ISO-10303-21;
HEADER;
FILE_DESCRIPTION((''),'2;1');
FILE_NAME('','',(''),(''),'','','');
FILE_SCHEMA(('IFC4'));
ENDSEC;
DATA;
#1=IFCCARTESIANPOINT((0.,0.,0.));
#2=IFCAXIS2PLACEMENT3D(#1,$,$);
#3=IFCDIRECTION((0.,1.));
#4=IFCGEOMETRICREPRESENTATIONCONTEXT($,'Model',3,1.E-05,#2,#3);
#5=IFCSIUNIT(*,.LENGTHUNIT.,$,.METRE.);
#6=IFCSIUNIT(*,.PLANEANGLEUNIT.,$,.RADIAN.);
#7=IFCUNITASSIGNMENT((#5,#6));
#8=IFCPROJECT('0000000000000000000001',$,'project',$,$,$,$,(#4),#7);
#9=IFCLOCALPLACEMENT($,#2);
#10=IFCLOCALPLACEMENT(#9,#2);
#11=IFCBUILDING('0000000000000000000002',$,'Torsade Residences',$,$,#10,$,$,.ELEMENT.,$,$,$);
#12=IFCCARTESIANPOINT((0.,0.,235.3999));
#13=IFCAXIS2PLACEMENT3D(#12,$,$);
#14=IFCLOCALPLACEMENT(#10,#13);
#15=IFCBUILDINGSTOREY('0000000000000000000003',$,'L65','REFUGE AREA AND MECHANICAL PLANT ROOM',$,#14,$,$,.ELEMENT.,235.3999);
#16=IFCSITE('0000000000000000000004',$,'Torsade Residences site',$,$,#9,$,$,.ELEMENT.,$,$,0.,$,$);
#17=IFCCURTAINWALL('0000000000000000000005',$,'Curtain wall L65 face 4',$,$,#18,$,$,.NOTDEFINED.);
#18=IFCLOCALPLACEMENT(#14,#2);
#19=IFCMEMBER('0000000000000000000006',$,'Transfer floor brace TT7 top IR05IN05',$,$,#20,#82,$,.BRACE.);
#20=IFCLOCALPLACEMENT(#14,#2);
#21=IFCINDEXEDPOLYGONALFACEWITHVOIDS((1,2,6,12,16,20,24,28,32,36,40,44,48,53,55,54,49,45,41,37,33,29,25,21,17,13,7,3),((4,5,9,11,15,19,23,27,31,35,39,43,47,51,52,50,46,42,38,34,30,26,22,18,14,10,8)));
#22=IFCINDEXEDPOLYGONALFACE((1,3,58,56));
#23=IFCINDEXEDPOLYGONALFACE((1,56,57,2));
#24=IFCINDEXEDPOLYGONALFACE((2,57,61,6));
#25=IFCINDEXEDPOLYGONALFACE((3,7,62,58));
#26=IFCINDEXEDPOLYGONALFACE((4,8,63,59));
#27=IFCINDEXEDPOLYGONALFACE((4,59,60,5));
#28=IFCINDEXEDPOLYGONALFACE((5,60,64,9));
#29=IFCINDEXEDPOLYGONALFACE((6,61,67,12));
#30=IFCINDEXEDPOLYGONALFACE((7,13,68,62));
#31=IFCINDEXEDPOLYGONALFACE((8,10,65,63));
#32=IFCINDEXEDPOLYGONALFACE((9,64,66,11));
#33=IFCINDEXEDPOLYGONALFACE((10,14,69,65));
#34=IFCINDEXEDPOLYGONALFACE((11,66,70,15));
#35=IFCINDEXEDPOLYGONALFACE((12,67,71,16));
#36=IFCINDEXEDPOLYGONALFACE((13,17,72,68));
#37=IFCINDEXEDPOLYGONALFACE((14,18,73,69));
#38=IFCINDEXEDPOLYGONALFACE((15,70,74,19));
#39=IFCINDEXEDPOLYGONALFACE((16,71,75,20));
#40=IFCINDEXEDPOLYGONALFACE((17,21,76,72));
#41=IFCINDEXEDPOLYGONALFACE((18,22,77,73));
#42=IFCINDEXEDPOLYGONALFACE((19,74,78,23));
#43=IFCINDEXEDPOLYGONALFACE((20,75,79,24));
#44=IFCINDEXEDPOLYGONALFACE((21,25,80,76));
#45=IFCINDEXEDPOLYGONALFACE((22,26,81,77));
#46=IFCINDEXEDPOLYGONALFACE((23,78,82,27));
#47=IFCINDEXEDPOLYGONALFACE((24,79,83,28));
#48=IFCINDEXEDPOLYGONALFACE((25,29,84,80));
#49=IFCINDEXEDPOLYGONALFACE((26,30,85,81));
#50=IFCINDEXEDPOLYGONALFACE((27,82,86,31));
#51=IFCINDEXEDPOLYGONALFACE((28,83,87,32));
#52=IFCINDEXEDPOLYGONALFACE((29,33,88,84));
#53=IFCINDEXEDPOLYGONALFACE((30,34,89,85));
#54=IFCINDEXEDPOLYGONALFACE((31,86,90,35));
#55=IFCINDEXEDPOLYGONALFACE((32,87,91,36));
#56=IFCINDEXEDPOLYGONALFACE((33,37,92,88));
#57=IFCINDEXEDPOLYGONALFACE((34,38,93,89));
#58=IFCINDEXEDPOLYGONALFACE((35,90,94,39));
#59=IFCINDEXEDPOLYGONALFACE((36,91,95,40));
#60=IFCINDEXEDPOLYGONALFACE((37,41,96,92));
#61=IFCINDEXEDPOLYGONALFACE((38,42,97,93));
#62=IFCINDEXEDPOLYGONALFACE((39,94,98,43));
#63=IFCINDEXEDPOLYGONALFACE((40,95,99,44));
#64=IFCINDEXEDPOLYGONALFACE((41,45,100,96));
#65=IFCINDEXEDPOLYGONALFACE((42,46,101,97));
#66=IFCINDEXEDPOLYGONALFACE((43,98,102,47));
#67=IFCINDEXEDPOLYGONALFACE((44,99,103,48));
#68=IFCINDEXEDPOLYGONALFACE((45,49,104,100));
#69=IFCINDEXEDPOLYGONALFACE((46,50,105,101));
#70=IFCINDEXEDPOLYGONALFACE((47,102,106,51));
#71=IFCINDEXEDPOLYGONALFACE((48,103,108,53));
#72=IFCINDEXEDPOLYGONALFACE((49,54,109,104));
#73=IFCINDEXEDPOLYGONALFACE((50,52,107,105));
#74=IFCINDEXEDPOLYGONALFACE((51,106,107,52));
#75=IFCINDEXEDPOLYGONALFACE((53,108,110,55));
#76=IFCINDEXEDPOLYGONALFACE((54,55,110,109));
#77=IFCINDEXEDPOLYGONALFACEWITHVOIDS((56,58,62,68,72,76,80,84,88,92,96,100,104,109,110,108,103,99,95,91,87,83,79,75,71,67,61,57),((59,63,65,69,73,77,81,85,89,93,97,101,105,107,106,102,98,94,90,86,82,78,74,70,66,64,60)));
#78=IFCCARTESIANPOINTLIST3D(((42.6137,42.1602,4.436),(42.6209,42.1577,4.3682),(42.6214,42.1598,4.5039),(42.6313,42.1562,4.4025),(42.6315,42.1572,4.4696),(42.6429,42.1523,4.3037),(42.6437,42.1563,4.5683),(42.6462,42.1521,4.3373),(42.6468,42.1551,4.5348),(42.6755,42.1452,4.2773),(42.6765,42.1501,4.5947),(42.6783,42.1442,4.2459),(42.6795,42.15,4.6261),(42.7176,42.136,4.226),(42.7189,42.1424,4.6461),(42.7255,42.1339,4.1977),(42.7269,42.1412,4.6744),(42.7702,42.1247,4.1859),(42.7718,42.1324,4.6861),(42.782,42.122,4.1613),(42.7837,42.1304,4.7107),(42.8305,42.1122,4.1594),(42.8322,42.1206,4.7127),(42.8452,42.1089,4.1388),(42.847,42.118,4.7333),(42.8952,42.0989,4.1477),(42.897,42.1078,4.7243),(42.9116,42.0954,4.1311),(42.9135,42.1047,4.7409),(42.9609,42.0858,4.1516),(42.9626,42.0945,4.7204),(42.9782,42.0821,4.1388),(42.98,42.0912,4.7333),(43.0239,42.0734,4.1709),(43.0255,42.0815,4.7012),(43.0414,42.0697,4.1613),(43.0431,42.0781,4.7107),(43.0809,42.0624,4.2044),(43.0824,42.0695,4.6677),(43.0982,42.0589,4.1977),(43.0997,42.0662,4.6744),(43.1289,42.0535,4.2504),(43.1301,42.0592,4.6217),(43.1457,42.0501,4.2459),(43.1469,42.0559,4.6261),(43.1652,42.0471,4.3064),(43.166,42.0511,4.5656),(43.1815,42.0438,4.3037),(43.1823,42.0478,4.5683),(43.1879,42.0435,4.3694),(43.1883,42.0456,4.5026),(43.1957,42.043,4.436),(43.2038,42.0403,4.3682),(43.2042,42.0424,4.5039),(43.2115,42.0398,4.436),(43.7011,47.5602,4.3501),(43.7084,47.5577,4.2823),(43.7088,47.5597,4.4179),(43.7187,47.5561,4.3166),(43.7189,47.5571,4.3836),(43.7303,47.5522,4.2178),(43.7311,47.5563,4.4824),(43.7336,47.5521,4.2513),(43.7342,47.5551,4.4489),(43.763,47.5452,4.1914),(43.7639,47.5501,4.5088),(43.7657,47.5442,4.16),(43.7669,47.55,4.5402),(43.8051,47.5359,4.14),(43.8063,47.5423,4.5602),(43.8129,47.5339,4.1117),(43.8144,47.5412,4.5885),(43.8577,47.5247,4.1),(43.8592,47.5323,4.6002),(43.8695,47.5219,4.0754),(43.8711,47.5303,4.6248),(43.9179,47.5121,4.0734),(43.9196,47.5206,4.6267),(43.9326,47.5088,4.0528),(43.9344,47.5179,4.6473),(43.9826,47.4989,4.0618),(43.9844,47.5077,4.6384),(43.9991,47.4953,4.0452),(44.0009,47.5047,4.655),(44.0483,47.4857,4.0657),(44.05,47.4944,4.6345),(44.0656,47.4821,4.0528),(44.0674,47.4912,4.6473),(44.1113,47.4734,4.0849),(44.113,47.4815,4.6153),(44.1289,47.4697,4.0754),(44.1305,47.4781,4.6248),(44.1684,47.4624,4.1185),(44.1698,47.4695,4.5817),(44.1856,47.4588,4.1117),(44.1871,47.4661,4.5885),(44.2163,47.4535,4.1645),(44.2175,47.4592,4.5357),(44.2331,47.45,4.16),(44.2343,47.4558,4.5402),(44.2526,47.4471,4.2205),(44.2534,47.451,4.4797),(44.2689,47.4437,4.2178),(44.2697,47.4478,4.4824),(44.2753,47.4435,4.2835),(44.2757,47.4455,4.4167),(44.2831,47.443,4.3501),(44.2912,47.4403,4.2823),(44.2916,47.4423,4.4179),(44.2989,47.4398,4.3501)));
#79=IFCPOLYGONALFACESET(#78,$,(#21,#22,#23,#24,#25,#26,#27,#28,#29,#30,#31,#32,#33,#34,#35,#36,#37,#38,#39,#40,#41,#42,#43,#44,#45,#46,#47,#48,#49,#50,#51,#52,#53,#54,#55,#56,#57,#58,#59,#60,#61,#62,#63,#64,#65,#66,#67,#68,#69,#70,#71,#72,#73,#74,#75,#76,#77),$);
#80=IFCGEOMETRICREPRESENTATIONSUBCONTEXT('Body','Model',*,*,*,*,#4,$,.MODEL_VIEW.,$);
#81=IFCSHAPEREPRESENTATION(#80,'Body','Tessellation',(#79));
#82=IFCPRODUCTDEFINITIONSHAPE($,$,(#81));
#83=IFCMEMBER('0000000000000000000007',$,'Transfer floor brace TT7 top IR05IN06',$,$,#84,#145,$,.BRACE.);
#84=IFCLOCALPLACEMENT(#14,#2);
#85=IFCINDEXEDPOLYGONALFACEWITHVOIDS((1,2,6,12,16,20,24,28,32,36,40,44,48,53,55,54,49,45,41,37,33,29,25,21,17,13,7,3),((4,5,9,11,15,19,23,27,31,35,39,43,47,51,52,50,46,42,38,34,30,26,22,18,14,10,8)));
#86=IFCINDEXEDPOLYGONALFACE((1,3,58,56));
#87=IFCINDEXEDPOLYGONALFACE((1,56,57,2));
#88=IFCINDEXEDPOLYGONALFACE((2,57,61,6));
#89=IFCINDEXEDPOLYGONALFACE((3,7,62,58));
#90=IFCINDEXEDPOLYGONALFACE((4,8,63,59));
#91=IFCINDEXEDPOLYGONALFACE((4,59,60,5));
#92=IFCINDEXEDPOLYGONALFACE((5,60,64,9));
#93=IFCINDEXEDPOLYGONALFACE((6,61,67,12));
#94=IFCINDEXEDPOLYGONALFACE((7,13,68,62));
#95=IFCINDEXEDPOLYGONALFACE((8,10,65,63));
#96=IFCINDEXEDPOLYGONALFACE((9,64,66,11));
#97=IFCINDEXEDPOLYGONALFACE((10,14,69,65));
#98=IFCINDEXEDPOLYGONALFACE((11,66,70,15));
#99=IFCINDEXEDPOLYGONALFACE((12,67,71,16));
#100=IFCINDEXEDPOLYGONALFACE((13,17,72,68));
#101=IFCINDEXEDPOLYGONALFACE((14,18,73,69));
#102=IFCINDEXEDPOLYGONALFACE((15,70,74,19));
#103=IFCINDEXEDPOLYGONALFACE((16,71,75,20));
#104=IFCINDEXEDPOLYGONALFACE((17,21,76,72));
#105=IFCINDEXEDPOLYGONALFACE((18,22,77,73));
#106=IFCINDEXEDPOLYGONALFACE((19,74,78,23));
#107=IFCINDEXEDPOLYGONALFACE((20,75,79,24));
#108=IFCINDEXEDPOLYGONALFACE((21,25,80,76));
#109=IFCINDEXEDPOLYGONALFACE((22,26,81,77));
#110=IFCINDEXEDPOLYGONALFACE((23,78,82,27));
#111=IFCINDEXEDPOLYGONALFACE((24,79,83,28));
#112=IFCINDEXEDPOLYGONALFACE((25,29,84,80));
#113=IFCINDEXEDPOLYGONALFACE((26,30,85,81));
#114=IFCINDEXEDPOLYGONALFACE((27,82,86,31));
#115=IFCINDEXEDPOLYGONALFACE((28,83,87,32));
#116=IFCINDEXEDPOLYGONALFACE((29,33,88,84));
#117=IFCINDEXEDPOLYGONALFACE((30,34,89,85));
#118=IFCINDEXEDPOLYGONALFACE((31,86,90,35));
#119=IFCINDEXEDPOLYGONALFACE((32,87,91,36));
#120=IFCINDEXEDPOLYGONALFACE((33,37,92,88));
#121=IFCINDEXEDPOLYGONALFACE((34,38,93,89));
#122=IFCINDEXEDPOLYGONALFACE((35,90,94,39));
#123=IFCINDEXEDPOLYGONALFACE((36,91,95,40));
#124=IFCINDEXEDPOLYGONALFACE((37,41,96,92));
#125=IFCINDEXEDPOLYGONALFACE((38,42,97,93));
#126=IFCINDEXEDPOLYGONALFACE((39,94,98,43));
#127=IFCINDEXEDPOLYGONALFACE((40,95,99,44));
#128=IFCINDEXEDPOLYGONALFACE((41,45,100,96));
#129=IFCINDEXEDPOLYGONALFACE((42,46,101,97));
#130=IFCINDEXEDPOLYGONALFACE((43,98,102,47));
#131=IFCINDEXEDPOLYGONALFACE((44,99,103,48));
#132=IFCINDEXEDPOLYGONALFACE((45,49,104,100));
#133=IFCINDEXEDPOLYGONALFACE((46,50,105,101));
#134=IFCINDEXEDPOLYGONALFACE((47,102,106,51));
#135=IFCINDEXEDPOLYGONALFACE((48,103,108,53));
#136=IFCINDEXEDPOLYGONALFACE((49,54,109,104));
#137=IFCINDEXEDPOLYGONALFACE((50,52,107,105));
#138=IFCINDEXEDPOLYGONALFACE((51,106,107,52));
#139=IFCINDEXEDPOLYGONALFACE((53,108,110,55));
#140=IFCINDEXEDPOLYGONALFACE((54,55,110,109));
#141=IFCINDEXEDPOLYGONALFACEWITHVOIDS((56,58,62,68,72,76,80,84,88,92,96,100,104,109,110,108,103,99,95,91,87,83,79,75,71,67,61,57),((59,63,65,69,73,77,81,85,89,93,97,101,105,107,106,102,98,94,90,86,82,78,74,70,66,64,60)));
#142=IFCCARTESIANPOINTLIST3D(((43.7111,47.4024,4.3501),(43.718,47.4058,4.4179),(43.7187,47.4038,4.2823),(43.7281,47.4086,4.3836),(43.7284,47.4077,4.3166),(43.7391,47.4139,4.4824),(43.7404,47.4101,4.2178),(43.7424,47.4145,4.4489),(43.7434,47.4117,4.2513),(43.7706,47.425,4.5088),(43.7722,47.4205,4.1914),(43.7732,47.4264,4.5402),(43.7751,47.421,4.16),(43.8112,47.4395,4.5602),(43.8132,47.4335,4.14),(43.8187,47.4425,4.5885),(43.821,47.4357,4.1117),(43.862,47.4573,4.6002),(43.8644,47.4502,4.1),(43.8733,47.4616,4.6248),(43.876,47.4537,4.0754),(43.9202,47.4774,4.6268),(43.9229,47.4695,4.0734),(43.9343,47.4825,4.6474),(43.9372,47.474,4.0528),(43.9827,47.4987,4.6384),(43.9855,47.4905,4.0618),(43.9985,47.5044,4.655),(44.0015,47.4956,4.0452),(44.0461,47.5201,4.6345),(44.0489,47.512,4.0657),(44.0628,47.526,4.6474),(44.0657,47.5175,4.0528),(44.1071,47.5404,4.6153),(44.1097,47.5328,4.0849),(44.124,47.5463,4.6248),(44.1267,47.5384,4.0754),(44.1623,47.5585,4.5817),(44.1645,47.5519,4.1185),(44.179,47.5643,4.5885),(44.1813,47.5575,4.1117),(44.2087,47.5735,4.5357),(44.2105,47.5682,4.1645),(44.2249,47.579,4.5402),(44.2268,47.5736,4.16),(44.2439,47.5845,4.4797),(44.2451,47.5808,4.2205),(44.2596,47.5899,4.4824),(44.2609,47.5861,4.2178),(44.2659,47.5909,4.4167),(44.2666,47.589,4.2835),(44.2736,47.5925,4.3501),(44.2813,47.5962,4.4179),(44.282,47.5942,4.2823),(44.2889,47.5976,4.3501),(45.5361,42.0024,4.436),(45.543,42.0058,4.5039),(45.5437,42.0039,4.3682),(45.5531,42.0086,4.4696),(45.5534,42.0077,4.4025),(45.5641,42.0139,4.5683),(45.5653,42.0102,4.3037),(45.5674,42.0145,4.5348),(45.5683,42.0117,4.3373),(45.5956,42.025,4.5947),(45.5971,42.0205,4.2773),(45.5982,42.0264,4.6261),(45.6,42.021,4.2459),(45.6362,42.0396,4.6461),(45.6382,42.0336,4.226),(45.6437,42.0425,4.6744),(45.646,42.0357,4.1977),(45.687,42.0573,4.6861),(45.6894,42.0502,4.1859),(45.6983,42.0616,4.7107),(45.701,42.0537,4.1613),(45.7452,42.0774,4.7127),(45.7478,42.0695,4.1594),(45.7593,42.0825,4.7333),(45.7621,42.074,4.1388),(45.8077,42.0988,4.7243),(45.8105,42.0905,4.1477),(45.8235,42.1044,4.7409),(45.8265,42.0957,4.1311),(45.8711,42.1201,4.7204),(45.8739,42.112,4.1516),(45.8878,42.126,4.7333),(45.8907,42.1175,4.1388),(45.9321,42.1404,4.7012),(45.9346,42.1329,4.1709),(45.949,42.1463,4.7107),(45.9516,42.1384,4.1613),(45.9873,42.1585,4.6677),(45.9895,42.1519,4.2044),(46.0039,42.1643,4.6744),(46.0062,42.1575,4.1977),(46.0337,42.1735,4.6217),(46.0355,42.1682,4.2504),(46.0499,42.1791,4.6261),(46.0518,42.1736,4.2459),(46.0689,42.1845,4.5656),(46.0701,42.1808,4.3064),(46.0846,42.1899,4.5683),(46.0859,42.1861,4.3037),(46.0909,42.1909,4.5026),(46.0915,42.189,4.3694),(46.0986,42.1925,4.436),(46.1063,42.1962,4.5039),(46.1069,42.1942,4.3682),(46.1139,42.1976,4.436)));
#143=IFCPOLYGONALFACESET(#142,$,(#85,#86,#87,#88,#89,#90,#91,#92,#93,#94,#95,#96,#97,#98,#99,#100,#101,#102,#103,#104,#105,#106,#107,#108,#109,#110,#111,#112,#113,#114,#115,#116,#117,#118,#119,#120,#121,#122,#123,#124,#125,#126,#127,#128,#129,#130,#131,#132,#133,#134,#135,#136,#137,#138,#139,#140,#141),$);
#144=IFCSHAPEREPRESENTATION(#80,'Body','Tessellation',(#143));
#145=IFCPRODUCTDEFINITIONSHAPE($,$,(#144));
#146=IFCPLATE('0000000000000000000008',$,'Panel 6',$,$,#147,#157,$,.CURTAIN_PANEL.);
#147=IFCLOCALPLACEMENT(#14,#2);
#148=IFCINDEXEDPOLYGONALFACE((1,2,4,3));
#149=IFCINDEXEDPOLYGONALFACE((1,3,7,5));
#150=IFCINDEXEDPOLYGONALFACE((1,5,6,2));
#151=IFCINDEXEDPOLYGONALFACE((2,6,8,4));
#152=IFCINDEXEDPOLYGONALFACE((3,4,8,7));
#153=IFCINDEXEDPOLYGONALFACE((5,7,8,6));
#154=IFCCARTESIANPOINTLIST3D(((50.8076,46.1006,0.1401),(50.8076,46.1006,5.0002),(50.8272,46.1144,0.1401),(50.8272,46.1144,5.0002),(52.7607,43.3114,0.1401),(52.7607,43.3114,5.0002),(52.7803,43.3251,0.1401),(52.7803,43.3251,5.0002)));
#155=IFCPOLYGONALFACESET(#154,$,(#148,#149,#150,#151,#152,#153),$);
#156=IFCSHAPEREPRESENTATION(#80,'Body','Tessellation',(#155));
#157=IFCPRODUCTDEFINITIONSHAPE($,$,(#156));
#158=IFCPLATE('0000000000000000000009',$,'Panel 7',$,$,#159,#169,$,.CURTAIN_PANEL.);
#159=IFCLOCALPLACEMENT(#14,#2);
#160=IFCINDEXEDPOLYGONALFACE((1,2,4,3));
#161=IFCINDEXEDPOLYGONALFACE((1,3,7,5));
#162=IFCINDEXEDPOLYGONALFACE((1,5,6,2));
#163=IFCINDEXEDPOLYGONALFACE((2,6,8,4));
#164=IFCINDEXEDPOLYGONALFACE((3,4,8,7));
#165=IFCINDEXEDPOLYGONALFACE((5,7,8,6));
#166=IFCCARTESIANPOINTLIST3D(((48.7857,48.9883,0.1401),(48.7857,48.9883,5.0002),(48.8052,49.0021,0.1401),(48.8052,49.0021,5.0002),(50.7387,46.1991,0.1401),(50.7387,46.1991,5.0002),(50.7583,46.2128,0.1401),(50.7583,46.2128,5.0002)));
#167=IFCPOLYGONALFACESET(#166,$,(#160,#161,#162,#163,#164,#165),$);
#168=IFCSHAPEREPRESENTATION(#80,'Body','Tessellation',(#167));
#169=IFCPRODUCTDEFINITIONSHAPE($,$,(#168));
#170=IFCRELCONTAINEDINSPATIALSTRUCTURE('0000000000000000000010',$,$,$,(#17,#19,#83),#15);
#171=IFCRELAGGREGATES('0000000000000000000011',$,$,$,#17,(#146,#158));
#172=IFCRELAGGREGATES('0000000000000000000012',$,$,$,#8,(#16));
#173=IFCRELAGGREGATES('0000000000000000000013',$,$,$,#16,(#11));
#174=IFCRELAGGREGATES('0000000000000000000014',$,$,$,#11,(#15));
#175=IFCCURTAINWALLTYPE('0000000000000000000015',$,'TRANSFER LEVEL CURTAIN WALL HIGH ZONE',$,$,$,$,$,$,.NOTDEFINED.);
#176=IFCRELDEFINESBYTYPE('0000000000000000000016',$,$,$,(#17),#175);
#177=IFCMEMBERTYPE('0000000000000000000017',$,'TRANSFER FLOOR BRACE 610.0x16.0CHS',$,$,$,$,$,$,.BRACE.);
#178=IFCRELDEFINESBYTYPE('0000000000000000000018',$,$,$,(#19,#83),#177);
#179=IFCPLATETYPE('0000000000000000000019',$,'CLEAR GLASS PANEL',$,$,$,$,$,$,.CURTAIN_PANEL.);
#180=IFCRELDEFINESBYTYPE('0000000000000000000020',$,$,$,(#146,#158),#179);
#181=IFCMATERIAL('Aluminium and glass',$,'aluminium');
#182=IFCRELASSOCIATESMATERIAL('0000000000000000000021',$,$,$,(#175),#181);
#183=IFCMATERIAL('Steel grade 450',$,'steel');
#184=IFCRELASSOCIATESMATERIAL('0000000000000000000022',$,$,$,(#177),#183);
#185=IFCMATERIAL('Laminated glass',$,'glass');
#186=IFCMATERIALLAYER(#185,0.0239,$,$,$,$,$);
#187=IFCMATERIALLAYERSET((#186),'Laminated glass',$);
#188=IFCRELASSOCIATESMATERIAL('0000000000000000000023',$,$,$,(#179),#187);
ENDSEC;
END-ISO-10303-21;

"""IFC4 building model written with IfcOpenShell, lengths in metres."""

from ifc_helpers import new_model, si_unit, direction, frame, origin, origin_2d, place, context, subcontext, project, spatial, rectangle, hollow_circle, extrude, material, layer, layer_set, material_profile, profile_set, type_object, element, aggregate, save


model = new_model("IFC4")

# Units and contexts
model_context = context("Model", 3, precision=1e-05, world=origin(), true_north=direction((0.0, 1.0)))
body_context = subcontext(model_context, "Body", "Model", "MODEL_VIEW")
ifc_project = project(units=[si_unit("LENGTHUNIT", "METRE"), si_unit("PLANEANGLEUNIT", "RADIAN")], contexts=[model_context])

# Site, building, storey
site_placement = place(None, origin())
site = spatial("IfcSite", under=ifc_project, at=site_placement, Name="Torsade Residences site", CompositionType="ELEMENT", RefElevation=0.0)
building_placement = place(site_placement, origin())
building = spatial("IfcBuilding", under=site, at=building_placement, Name="Torsade Residences", CompositionType="ELEMENT")
storey_placement = place(building_placement, frame((0.0, 0.0, 235.3999)))
storey = spatial("IfcBuildingStorey", under=building, at=storey_placement, Name="L65", Description="REFUGE AREA AND MECHANICAL PLANT ROOM", CompositionType="ELEMENT", Elevation=235.3999)

# Curtain wall
ifc_material_1 = material(Name="Aluminium and glass", Category="aluminium")
curtain_wall_type = type_object("IfcCurtainWallType", Name="TRANSFER LEVEL CURTAIN WALL HIGH ZONE", PredefinedType="NOTDEFINED", material=ifc_material_1)
curtain_wall_placement = place(storey_placement, origin())
curtain_wall = element("IfcCurtainWall", 1, at=curtain_wall_placement, inside=storey, type_object=curtain_wall_type, Name="Curtain wall L65 face 4", PredefinedType="NOTDEFINED")

# Members
ifc_material_2 = material(Name="Steel grade 450", Category="steel")
ifc_material_profile_1 = material_profile(ifc_material_2, hollow_circle(Radius=0.3049, WallThickness=0.0161, at=origin_2d()), Name="610.0x16.0CHS")
ifc_profile_set_1 = profile_set([ifc_material_profile_1], Name="Steel grade 450")
member_type_1 = type_object("IfcMemberType", Name="TRANSFER FLOOR BRACE 610.0x16.0CHS", PredefinedType="BRACE", material=ifc_profile_set_1)
member_1_placement = place(storey_placement, frame((44.0, 47.5, 4.3501), z_axis=(-0.197388, -0.980201, 0.0156), x_axis=(0.980321, -0.197412, 0.0)))
element("IfcMember", 2, at=member_1_placement, inside=storey, type_object=member_type_1, Name="Transfer floor brace TT7 top IR05IN05", PredefinedType="BRACE", context=body_context, shape_type="SweptSolid", body=[
    extrude(hollow_circle(Radius=0.3049, WallThickness=0.0161, at=origin_2d()), origin(), (0.0, 0.0, 1.0), 5.509),
])
member_2_placement = place(storey_placement, frame((44.0, 47.5, 4.3501), z_axis=(0.320133, -0.947252, 0.015075), x_axis=(0.94736, 0.32017, 0.0)))
element("IfcMember", 3, at=member_2_placement, inside=storey, type_object=member_type_1, Name="Transfer floor brace TT7 top IR05IN06", PredefinedType="BRACE", context=body_context, shape_type="SweptSolid", body=[
    extrude(hollow_circle(Radius=0.3049, WallThickness=0.0161, at=origin_2d()), origin(), (0.0, 0.0, 1.0), 5.7007),
])

# Plates
ifc_material_3 = material(Name="Laminated glass", Category="glass")
ifc_layer_1 = layer(ifc_material_3, 0.0239)
ifc_layer_set_1 = layer_set([ifc_layer_1], Name="Laminated glass")
plate_type = type_object("IfcPlateType", Name="CLEAR GLASS PANEL", PredefinedType="CURTAIN_PANEL", material=ifc_layer_set_1)
plate_1_placement = place(storey_placement, frame((51.7939, 44.7129, 0.1401), z_axis=(0.0, 0.0, 1.0), x_axis=(-0.573576, 0.819152, 0.0)))
plate_1 = element("IfcPlate", 4, at=plate_1_placement, type_object=plate_type, Name="Panel 6", PredefinedType="CURTAIN_PANEL", context=body_context, shape_type="SweptSolid", body=[
    extrude(rectangle(XDim=3.405, YDim=0.0239, at=origin_2d()), origin(), (0.0, 0.0, 1.0), 4.8601),
])
plate_2_placement = place(storey_placement, frame((49.772, 47.6006, 0.1401), z_axis=(0.0, 0.0, 1.0), x_axis=(-0.573576, 0.819152, 0.0)))
plate_2 = element("IfcPlate", 5, at=plate_2_placement, type_object=plate_type, Name="Panel 7", PredefinedType="CURTAIN_PANEL", context=body_context, shape_type="SweptSolid", body=[
    extrude(rectangle(XDim=3.405, YDim=0.0239, at=origin_2d()), origin(), (0.0, 0.0, 1.0), 4.8601),
])
aggregate(curtain_wall, [plate_1, plate_2])

save(model, "model.ifc")
